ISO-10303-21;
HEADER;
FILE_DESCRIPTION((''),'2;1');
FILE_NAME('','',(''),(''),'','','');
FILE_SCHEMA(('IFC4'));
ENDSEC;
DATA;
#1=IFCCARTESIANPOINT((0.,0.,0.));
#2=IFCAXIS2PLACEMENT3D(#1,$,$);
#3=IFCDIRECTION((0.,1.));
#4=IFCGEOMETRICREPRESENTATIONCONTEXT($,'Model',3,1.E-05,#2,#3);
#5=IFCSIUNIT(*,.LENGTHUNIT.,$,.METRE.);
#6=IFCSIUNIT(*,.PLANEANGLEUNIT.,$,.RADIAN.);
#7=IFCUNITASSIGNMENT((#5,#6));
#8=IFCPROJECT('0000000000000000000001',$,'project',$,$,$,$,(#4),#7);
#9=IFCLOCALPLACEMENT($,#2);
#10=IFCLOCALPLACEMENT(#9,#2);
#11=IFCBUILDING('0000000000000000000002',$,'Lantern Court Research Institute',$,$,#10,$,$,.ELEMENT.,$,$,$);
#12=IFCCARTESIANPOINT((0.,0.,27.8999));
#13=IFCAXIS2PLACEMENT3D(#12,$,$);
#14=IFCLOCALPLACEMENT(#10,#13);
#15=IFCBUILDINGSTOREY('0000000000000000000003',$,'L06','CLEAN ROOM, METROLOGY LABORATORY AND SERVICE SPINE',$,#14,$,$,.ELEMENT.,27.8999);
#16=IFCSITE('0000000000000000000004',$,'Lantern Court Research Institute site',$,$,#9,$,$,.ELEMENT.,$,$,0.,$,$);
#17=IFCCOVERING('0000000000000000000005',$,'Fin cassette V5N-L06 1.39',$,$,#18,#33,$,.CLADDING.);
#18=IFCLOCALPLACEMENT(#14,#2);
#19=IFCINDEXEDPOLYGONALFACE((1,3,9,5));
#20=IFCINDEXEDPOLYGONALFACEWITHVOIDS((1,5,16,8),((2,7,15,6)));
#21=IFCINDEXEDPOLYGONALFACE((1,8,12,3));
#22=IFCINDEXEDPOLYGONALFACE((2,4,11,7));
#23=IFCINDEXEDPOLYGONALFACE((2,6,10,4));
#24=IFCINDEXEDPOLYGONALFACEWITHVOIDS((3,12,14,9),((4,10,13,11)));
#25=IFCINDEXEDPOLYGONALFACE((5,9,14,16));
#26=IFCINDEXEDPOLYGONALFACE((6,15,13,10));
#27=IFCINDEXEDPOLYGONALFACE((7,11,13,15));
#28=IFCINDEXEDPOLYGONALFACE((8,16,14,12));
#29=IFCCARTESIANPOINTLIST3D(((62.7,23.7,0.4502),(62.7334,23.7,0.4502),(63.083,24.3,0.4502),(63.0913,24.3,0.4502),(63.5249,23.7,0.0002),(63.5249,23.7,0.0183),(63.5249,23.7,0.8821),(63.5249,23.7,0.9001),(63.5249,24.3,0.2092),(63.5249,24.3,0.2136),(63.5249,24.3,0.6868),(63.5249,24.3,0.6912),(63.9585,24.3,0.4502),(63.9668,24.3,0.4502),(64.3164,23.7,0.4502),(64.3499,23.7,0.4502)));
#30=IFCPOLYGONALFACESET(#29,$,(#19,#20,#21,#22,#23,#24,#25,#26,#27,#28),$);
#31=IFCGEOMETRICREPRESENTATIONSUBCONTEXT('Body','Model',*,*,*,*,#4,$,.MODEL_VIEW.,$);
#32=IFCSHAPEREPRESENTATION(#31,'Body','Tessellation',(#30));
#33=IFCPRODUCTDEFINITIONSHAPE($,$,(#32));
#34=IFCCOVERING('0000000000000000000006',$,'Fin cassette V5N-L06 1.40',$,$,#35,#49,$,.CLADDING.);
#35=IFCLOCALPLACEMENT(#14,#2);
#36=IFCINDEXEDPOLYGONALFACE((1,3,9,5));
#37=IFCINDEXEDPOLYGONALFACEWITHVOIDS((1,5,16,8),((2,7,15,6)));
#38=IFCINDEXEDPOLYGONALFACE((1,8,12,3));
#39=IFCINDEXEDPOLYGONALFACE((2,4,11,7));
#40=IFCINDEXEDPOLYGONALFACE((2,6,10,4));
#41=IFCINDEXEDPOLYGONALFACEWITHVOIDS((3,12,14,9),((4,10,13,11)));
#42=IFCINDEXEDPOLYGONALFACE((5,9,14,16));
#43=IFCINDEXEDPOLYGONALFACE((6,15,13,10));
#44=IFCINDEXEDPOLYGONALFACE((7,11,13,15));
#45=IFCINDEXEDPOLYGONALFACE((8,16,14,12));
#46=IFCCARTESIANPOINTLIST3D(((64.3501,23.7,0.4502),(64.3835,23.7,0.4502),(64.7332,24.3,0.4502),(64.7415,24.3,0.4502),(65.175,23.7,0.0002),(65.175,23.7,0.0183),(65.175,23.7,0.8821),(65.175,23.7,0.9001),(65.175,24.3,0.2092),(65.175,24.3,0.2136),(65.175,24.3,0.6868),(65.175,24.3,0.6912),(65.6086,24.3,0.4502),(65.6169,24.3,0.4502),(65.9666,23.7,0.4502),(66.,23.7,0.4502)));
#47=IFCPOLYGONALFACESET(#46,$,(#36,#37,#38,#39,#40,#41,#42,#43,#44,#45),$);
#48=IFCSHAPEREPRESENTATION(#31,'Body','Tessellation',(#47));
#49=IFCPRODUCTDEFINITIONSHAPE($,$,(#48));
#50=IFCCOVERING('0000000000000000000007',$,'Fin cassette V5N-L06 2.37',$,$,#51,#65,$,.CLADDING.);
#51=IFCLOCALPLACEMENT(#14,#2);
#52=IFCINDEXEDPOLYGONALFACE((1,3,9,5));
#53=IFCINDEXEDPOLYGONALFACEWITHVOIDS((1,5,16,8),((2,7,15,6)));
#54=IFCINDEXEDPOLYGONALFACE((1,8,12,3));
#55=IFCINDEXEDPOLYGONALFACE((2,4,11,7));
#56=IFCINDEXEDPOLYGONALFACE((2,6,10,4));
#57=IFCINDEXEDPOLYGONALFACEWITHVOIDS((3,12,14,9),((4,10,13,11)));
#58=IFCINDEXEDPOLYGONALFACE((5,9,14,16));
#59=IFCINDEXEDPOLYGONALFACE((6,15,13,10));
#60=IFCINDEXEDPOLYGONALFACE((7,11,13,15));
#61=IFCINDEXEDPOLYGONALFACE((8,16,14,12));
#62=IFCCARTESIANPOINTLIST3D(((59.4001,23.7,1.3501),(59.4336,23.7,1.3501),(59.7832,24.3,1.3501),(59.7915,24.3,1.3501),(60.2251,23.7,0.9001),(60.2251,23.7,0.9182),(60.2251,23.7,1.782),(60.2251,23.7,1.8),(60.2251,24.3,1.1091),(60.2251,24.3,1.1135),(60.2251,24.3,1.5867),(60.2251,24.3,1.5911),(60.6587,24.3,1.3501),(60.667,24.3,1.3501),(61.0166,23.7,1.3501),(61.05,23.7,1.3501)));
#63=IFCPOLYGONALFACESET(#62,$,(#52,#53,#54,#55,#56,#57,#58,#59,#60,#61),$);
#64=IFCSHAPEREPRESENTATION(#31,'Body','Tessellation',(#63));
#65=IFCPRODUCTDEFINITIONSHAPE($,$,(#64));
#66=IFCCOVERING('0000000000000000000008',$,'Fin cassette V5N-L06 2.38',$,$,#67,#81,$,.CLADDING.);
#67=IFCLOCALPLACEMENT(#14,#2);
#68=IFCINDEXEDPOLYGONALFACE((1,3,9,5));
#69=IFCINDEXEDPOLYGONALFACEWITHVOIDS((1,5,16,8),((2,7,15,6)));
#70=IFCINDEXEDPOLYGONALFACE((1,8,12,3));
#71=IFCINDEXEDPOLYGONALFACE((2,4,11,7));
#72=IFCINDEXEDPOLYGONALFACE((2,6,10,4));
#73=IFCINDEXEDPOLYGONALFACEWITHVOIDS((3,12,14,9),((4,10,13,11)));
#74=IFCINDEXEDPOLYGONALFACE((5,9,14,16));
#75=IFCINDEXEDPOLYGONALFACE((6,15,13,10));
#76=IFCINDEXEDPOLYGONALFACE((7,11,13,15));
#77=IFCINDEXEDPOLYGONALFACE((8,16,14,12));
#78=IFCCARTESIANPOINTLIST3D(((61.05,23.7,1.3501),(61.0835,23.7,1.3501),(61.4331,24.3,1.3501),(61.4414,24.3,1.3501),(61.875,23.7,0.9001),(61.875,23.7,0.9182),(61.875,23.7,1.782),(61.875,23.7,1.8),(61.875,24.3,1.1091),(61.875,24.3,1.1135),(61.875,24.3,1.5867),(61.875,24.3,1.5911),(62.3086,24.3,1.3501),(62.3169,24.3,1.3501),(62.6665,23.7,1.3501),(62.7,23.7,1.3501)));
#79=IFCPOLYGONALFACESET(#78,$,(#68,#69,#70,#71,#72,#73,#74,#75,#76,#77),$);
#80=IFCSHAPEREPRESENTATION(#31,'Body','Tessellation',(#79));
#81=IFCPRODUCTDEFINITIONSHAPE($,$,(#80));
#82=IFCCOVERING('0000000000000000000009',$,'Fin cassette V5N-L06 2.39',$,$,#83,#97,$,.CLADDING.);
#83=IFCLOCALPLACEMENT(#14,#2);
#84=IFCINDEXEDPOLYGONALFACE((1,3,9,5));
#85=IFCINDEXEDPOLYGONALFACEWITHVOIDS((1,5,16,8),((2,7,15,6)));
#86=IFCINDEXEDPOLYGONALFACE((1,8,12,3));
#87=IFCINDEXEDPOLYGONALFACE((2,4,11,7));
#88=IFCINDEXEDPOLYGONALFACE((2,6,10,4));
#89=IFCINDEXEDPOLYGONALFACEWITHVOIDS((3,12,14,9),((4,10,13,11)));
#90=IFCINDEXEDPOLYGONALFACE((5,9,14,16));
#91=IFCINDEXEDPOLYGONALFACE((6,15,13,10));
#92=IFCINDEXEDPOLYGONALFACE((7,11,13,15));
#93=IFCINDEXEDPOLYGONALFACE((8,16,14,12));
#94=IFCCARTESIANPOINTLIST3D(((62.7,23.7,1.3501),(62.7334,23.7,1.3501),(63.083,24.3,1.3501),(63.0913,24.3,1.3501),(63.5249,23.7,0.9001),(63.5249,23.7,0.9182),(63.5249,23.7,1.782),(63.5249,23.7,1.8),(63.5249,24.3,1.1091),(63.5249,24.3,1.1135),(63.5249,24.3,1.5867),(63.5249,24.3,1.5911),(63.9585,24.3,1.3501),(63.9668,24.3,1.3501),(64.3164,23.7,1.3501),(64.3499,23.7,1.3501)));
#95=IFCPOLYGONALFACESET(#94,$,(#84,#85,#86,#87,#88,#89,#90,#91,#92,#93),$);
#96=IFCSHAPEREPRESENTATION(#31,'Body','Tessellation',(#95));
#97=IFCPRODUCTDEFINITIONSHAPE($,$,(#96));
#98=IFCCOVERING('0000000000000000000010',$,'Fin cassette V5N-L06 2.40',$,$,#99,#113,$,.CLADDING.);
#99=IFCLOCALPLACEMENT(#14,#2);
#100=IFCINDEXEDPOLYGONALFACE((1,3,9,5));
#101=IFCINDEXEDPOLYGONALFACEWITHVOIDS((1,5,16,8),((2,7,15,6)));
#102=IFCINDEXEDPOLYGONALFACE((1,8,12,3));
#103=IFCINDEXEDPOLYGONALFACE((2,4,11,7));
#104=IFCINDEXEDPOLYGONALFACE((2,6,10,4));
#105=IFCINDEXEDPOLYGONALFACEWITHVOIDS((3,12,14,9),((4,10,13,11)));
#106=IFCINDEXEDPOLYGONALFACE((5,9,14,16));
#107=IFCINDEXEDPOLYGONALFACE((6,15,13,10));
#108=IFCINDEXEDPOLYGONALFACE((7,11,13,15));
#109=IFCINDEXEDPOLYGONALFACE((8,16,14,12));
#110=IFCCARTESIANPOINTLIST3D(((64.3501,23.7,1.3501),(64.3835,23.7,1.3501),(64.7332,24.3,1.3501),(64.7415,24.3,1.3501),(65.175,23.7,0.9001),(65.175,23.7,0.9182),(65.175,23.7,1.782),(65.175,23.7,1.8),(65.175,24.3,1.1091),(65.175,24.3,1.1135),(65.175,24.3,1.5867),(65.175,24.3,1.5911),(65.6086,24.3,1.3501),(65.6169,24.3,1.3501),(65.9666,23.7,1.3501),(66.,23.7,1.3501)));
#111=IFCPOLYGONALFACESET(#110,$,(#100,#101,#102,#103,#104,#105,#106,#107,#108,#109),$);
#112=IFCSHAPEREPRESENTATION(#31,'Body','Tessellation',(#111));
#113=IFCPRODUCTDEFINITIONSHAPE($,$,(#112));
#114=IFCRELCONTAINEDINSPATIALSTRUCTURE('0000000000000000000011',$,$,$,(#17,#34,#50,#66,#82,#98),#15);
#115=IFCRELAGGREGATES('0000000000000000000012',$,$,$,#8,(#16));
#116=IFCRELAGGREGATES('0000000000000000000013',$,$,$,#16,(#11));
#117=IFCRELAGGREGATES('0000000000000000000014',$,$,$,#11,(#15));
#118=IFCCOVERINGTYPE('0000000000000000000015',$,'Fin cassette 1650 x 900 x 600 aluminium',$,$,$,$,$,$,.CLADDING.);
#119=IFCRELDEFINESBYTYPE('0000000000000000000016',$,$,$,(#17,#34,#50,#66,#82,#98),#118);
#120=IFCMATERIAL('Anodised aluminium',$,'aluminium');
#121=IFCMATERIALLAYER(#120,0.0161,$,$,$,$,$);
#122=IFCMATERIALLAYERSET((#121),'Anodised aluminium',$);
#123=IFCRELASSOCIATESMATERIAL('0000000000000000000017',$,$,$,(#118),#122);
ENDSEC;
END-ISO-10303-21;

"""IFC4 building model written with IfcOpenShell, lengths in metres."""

from ifc_helpers import new_model, entity, si_unit, direction, frame, origin, place, context, subcontext, project, spatial, material, layer, layer_set, type_object, element, save


model = new_model("IFC4")

# Units and contexts
model_context = context("Model", 3, precision=1e-05, world=origin(), true_north=direction((0.0, 1.0)))
body_context = subcontext(model_context, "Body", "Model", "MODEL_VIEW")
ifc_project = project(units=[si_unit("LENGTHUNIT", "METRE"), si_unit("PLANEANGLEUNIT", "RADIAN")], contexts=[model_context])

# Site, building, storey
site_placement = place(None, origin())
site = spatial("IfcSite", under=ifc_project, at=site_placement, Name="Lantern Court Research Institute site", CompositionType="ELEMENT", RefElevation=0.0)
building_placement = place(site_placement, origin())
building = spatial("IfcBuilding", under=site, at=building_placement, Name="Lantern Court Research Institute", CompositionType="ELEMENT")
storey_placement = place(building_placement, frame((0.0, 0.0, 27.8999)))
storey = spatial("IfcBuildingStorey", under=building, at=storey_placement, Name="L06", Description="CLEAN ROOM, METROLOGY LABORATORY AND SERVICE SPINE", CompositionType="ELEMENT", Elevation=27.8999)

# Coverings
ifc_material_1 = material(Name="Anodised aluminium", Category="aluminium")
ifc_layer_1 = layer(ifc_material_1, 0.0161)
ifc_layer_set_1 = layer_set([ifc_layer_1], Name="Anodised aluminium")
covering_type = type_object("IfcCoveringType", Name="Fin cassette 1650 x 900 x 600 aluminium", PredefinedType="CLADDING", material=ifc_layer_set_1)
covering_1_placement = place(storey_placement, frame((63.5249, 23.7, 0.4502), z_axis=(0.0, 1.0, 0.0), x_axis=(-1.0, 0.0, 0.0)))
cartesian_point_1 = entity("IfcCartesianPoint", [0.825, 0.0])
cartesian_point_2 = entity("IfcCartesianPoint", [0.7915, 0.0])
cartesian_point_3 = entity("IfcCartesianPoint", [0.4419, 0.0])
cartesian_point_4 = entity("IfcCartesianPoint", [0.4336, 0.0])
element("IfcCovering", 1, at=covering_1_placement, inside=storey, type_object=covering_type, Name="Fin cassette V5N-L06 1.39", PredefinedType="CLADDING", context=body_context, shape_type="SweptSolid", body=[
    entity("IfcExtrudedAreaSolidTapered", entity("IfcArbitraryProfileDefWithVoids", "AREA", None, entity("IfcPolyline", [cartesian_point_1, entity("IfcCartesianPoint", [0.0, 0.45]), entity("IfcCartesianPoint", [-0.825, 0.0]), entity("IfcCartesianPoint", [0.0, -0.45]), cartesian_point_1]), [entity("IfcPolyline", [cartesian_point_2, entity("IfcCartesianPoint", [0.0, 0.4319]), entity("IfcCartesianPoint", [-0.7915, 0.0]), entity("IfcCartesianPoint", [0.0, -0.4319]), cartesian_point_2])]), entity("IfcAxis2Placement3D", entity("IfcCartesianPoint", [0.0, 0.0, 0.0])), entity("IfcDirection", [0.0, 0.0, 1.0]), 0.6001, entity("IfcArbitraryProfileDefWithVoids", "AREA", None, entity("IfcPolyline", [cartesian_point_3, entity("IfcCartesianPoint", [0.0, 0.241]), entity("IfcCartesianPoint", [-0.4419, 0.0]), entity("IfcCartesianPoint", [0.0, -0.241]), cartesian_point_3]), [entity("IfcPolyline", [cartesian_point_4, entity("IfcCartesianPoint", [0.0, 0.2366]), entity("IfcCartesianPoint", [-0.4336, 0.0]), entity("IfcCartesianPoint", [0.0, -0.2366]), cartesian_point_4])])),
])
covering_2_placement = place(storey_placement, frame((65.175, 23.7, 0.4502), z_axis=(0.0, 1.0, 0.0), x_axis=(-1.0, 0.0, 0.0)))
cartesian_point_5 = entity("IfcCartesianPoint", [0.825, 0.0])
cartesian_point_6 = entity("IfcCartesianPoint", [0.7915, 0.0])
cartesian_point_7 = entity("IfcCartesianPoint", [0.4419, 0.0])
cartesian_point_8 = entity("IfcCartesianPoint", [0.4336, 0.0])
element("IfcCovering", 2, at=covering_2_placement, inside=storey, type_object=covering_type, Name="Fin cassette V5N-L06 1.40", PredefinedType="CLADDING", context=body_context, shape_type="SweptSolid", body=[
    entity("IfcExtrudedAreaSolidTapered", entity("IfcArbitraryProfileDefWithVoids", "AREA", None, entity("IfcPolyline", [cartesian_point_5, entity("IfcCartesianPoint", [0.0, 0.45]), entity("IfcCartesianPoint", [-0.825, 0.0]), entity("IfcCartesianPoint", [0.0, -0.45]), cartesian_point_5]), [entity("IfcPolyline", [cartesian_point_6, entity("IfcCartesianPoint", [0.0, 0.4319]), entity("IfcCartesianPoint", [-0.7915, 0.0]), entity("IfcCartesianPoint", [0.0, -0.4319]), cartesian_point_6])]), entity("IfcAxis2Placement3D", entity("IfcCartesianPoint", [0.0, 0.0, 0.0])), entity("IfcDirection", [0.0, 0.0, 1.0]), 0.6001, entity("IfcArbitraryProfileDefWithVoids", "AREA", None, entity("IfcPolyline", [cartesian_point_7, entity("IfcCartesianPoint", [0.0, 0.241]), entity("IfcCartesianPoint", [-0.4419, 0.0]), entity("IfcCartesianPoint", [0.0, -0.241]), cartesian_point_7]), [entity("IfcPolyline", [cartesian_point_8, entity("IfcCartesianPoint", [0.0, 0.2366]), entity("IfcCartesianPoint", [-0.4336, 0.0]), entity("IfcCartesianPoint", [0.0, -0.2366]), cartesian_point_8])])),
])
covering_3_placement = place(storey_placement, frame((60.2251, 23.7, 1.3501), z_axis=(0.0, 1.0, 0.0), x_axis=(-1.0, 0.0, 0.0)))
cartesian_point_9 = entity("IfcCartesianPoint", [0.825, 0.0])
cartesian_point_10 = entity("IfcCartesianPoint", [0.7915, 0.0])
cartesian_point_11 = entity("IfcCartesianPoint", [0.4419, 0.0])
cartesian_point_12 = entity("IfcCartesianPoint", [0.4336, 0.0])
element("IfcCovering", 3, at=covering_3_placement, inside=storey, type_object=covering_type, Name="Fin cassette V5N-L06 2.37", PredefinedType="CLADDING", context=body_context, shape_type="SweptSolid", body=[
    entity("IfcExtrudedAreaSolidTapered", entity("IfcArbitraryProfileDefWithVoids", "AREA", None, entity("IfcPolyline", [cartesian_point_9, entity("IfcCartesianPoint", [0.0, 0.45]), entity("IfcCartesianPoint", [-0.825, 0.0]), entity("IfcCartesianPoint", [0.0, -0.45]), cartesian_point_9]), [entity("IfcPolyline", [cartesian_point_10, entity("IfcCartesianPoint", [0.0, 0.4319]), entity("IfcCartesianPoint", [-0.7915, 0.0]), entity("IfcCartesianPoint", [0.0, -0.4319]), cartesian_point_10])]), entity("IfcAxis2Placement3D", entity("IfcCartesianPoint", [0.0, 0.0, 0.0])), entity("IfcDirection", [0.0, 0.0, 1.0]), 0.6001, entity("IfcArbitraryProfileDefWithVoids", "AREA", None, entity("IfcPolyline", [cartesian_point_11, entity("IfcCartesianPoint", [0.0, 0.241]), entity("IfcCartesianPoint", [-0.4419, 0.0]), entity("IfcCartesianPoint", [0.0, -0.241]), cartesian_point_11]), [entity("IfcPolyline", [cartesian_point_12, entity("IfcCartesianPoint", [0.0, 0.2366]), entity("IfcCartesianPoint", [-0.4336, 0.0]), entity("IfcCartesianPoint", [0.0, -0.2366]), cartesian_point_12])])),
])
covering_4_placement = place(storey_placement, frame((61.875, 23.7, 1.3501), z_axis=(0.0, 1.0, 0.0), x_axis=(-1.0, 0.0, 0.0)))
cartesian_point_13 = entity("IfcCartesianPoint", [0.825, 0.0])
cartesian_point_14 = entity("IfcCartesianPoint", [0.7915, 0.0])
cartesian_point_15 = entity("IfcCartesianPoint", [0.4419, 0.0])
cartesian_point_16 = entity("IfcCartesianPoint", [0.4336, 0.0])
element("IfcCovering", 4, at=covering_4_placement, inside=storey, type_object=covering_type, Name="Fin cassette V5N-L06 2.38", PredefinedType="CLADDING", context=body_context, shape_type="SweptSolid", body=[
    entity("IfcExtrudedAreaSolidTapered", entity("IfcArbitraryProfileDefWithVoids", "AREA", None, entity("IfcPolyline", [cartesian_point_13, entity("IfcCartesianPoint", [0.0, 0.45]), entity("IfcCartesianPoint", [-0.825, 0.0]), entity("IfcCartesianPoint", [0.0, -0.45]), cartesian_point_13]), [entity("IfcPolyline", [cartesian_point_14, entity("IfcCartesianPoint", [0.0, 0.4319]), entity("IfcCartesianPoint", [-0.7915, 0.0]), entity("IfcCartesianPoint", [0.0, -0.4319]), cartesian_point_14])]), entity("IfcAxis2Placement3D", entity("IfcCartesianPoint", [0.0, 0.0, 0.0])), entity("IfcDirection", [0.0, 0.0, 1.0]), 0.6001, entity("IfcArbitraryProfileDefWithVoids", "AREA", None, entity("IfcPolyline", [cartesian_point_15, entity("IfcCartesianPoint", [0.0, 0.241]), entity("IfcCartesianPoint", [-0.4419, 0.0]), entity("IfcCartesianPoint", [0.0, -0.241]), cartesian_point_15]), [entity("IfcPolyline", [cartesian_point_16, entity("IfcCartesianPoint", [0.0, 0.2366]), entity("IfcCartesianPoint", [-0.4336, 0.0]), entity("IfcCartesianPoint", [0.0, -0.2366]), cartesian_point_16])])),
])
covering_5_placement = place(storey_placement, frame((63.5249, 23.7, 1.3501), z_axis=(0.0, 1.0, 0.0), x_axis=(-1.0, 0.0, 0.0)))
cartesian_point_17 = entity("IfcCartesianPoint", [0.825, 0.0])
cartesian_point_18 = entity("IfcCartesianPoint", [0.7915, 0.0])
cartesian_point_19 = entity("IfcCartesianPoint", [0.4419, 0.0])
cartesian_point_20 = entity("IfcCartesianPoint", [0.4336, 0.0])
element("IfcCovering", 5, at=covering_5_placement, inside=storey, type_object=covering_type, Name="Fin cassette V5N-L06 2.39", PredefinedType="CLADDING", context=body_context, shape_type="SweptSolid", body=[
    entity("IfcExtrudedAreaSolidTapered", entity("IfcArbitraryProfileDefWithVoids", "AREA", None, entity("IfcPolyline", [cartesian_point_17, entity("IfcCartesianPoint", [0.0, 0.45]), entity("IfcCartesianPoint", [-0.825, 0.0]), entity("IfcCartesianPoint", [0.0, -0.45]), cartesian_point_17]), [entity("IfcPolyline", [cartesian_point_18, entity("IfcCartesianPoint", [0.0, 0.4319]), entity("IfcCartesianPoint", [-0.7915, 0.0]), entity("IfcCartesianPoint", [0.0, -0.4319]), cartesian_point_18])]), entity("IfcAxis2Placement3D", entity("IfcCartesianPoint", [0.0, 0.0, 0.0])), entity("IfcDirection", [0.0, 0.0, 1.0]), 0.6001, entity("IfcArbitraryProfileDefWithVoids", "AREA", None, entity("IfcPolyline", [cartesian_point_19, entity("IfcCartesianPoint", [0.0, 0.241]), entity("IfcCartesianPoint", [-0.4419, 0.0]), entity("IfcCartesianPoint", [0.0, -0.241]), cartesian_point_19]), [entity("IfcPolyline", [cartesian_point_20, entity("IfcCartesianPoint", [0.0, 0.2366]), entity("IfcCartesianPoint", [-0.4336, 0.0]), entity("IfcCartesianPoint", [0.0, -0.2366]), cartesian_point_20])])),
])
covering_6_placement = place(storey_placement, frame((65.175, 23.7, 1.3501), z_axis=(0.0, 1.0, 0.0), x_axis=(-1.0, 0.0, 0.0)))
cartesian_point_21 = entity("IfcCartesianPoint", [0.825, 0.0])
cartesian_point_22 = entity("IfcCartesianPoint", [0.7915, 0.0])
cartesian_point_23 = entity("IfcCartesianPoint", [0.4419, 0.0])
cartesian_point_24 = entity("IfcCartesianPoint", [0.4336, 0.0])
element("IfcCovering", 6, at=covering_6_placement, inside=storey, type_object=covering_type, Name="Fin cassette V5N-L06 2.40", PredefinedType="CLADDING", context=body_context, shape_type="SweptSolid", body=[
    entity("IfcExtrudedAreaSolidTapered", entity("IfcArbitraryProfileDefWithVoids", "AREA", None, entity("IfcPolyline", [cartesian_point_21, entity("IfcCartesianPoint", [0.0, 0.45]), entity("IfcCartesianPoint", [-0.825, 0.0]), entity("IfcCartesianPoint", [0.0, -0.45]), cartesian_point_21]), [entity("IfcPolyline", [cartesian_point_22, entity("IfcCartesianPoint", [0.0, 0.4319]), entity("IfcCartesianPoint", [-0.7915, 0.0]), entity("IfcCartesianPoint", [0.0, -0.4319]), cartesian_point_22])]), entity("IfcAxis2Placement3D", entity("IfcCartesianPoint", [0.0, 0.0, 0.0])), entity("IfcDirection", [0.0, 0.0, 1.0]), 0.6001, entity("IfcArbitraryProfileDefWithVoids", "AREA", None, entity("IfcPolyline", [cartesian_point_23, entity("IfcCartesianPoint", [0.0, 0.241]), entity("IfcCartesianPoint", [-0.4419, 0.0]), entity("IfcCartesianPoint", [0.0, -0.241]), cartesian_point_23]), [entity("IfcPolyline", [cartesian_point_24, entity("IfcCartesianPoint", [0.0, 0.2366]), entity("IfcCartesianPoint", [-0.4336, 0.0]), entity("IfcCartesianPoint", [0.0, -0.2366]), cartesian_point_24])])),
])

save(model, "model.ifc")
